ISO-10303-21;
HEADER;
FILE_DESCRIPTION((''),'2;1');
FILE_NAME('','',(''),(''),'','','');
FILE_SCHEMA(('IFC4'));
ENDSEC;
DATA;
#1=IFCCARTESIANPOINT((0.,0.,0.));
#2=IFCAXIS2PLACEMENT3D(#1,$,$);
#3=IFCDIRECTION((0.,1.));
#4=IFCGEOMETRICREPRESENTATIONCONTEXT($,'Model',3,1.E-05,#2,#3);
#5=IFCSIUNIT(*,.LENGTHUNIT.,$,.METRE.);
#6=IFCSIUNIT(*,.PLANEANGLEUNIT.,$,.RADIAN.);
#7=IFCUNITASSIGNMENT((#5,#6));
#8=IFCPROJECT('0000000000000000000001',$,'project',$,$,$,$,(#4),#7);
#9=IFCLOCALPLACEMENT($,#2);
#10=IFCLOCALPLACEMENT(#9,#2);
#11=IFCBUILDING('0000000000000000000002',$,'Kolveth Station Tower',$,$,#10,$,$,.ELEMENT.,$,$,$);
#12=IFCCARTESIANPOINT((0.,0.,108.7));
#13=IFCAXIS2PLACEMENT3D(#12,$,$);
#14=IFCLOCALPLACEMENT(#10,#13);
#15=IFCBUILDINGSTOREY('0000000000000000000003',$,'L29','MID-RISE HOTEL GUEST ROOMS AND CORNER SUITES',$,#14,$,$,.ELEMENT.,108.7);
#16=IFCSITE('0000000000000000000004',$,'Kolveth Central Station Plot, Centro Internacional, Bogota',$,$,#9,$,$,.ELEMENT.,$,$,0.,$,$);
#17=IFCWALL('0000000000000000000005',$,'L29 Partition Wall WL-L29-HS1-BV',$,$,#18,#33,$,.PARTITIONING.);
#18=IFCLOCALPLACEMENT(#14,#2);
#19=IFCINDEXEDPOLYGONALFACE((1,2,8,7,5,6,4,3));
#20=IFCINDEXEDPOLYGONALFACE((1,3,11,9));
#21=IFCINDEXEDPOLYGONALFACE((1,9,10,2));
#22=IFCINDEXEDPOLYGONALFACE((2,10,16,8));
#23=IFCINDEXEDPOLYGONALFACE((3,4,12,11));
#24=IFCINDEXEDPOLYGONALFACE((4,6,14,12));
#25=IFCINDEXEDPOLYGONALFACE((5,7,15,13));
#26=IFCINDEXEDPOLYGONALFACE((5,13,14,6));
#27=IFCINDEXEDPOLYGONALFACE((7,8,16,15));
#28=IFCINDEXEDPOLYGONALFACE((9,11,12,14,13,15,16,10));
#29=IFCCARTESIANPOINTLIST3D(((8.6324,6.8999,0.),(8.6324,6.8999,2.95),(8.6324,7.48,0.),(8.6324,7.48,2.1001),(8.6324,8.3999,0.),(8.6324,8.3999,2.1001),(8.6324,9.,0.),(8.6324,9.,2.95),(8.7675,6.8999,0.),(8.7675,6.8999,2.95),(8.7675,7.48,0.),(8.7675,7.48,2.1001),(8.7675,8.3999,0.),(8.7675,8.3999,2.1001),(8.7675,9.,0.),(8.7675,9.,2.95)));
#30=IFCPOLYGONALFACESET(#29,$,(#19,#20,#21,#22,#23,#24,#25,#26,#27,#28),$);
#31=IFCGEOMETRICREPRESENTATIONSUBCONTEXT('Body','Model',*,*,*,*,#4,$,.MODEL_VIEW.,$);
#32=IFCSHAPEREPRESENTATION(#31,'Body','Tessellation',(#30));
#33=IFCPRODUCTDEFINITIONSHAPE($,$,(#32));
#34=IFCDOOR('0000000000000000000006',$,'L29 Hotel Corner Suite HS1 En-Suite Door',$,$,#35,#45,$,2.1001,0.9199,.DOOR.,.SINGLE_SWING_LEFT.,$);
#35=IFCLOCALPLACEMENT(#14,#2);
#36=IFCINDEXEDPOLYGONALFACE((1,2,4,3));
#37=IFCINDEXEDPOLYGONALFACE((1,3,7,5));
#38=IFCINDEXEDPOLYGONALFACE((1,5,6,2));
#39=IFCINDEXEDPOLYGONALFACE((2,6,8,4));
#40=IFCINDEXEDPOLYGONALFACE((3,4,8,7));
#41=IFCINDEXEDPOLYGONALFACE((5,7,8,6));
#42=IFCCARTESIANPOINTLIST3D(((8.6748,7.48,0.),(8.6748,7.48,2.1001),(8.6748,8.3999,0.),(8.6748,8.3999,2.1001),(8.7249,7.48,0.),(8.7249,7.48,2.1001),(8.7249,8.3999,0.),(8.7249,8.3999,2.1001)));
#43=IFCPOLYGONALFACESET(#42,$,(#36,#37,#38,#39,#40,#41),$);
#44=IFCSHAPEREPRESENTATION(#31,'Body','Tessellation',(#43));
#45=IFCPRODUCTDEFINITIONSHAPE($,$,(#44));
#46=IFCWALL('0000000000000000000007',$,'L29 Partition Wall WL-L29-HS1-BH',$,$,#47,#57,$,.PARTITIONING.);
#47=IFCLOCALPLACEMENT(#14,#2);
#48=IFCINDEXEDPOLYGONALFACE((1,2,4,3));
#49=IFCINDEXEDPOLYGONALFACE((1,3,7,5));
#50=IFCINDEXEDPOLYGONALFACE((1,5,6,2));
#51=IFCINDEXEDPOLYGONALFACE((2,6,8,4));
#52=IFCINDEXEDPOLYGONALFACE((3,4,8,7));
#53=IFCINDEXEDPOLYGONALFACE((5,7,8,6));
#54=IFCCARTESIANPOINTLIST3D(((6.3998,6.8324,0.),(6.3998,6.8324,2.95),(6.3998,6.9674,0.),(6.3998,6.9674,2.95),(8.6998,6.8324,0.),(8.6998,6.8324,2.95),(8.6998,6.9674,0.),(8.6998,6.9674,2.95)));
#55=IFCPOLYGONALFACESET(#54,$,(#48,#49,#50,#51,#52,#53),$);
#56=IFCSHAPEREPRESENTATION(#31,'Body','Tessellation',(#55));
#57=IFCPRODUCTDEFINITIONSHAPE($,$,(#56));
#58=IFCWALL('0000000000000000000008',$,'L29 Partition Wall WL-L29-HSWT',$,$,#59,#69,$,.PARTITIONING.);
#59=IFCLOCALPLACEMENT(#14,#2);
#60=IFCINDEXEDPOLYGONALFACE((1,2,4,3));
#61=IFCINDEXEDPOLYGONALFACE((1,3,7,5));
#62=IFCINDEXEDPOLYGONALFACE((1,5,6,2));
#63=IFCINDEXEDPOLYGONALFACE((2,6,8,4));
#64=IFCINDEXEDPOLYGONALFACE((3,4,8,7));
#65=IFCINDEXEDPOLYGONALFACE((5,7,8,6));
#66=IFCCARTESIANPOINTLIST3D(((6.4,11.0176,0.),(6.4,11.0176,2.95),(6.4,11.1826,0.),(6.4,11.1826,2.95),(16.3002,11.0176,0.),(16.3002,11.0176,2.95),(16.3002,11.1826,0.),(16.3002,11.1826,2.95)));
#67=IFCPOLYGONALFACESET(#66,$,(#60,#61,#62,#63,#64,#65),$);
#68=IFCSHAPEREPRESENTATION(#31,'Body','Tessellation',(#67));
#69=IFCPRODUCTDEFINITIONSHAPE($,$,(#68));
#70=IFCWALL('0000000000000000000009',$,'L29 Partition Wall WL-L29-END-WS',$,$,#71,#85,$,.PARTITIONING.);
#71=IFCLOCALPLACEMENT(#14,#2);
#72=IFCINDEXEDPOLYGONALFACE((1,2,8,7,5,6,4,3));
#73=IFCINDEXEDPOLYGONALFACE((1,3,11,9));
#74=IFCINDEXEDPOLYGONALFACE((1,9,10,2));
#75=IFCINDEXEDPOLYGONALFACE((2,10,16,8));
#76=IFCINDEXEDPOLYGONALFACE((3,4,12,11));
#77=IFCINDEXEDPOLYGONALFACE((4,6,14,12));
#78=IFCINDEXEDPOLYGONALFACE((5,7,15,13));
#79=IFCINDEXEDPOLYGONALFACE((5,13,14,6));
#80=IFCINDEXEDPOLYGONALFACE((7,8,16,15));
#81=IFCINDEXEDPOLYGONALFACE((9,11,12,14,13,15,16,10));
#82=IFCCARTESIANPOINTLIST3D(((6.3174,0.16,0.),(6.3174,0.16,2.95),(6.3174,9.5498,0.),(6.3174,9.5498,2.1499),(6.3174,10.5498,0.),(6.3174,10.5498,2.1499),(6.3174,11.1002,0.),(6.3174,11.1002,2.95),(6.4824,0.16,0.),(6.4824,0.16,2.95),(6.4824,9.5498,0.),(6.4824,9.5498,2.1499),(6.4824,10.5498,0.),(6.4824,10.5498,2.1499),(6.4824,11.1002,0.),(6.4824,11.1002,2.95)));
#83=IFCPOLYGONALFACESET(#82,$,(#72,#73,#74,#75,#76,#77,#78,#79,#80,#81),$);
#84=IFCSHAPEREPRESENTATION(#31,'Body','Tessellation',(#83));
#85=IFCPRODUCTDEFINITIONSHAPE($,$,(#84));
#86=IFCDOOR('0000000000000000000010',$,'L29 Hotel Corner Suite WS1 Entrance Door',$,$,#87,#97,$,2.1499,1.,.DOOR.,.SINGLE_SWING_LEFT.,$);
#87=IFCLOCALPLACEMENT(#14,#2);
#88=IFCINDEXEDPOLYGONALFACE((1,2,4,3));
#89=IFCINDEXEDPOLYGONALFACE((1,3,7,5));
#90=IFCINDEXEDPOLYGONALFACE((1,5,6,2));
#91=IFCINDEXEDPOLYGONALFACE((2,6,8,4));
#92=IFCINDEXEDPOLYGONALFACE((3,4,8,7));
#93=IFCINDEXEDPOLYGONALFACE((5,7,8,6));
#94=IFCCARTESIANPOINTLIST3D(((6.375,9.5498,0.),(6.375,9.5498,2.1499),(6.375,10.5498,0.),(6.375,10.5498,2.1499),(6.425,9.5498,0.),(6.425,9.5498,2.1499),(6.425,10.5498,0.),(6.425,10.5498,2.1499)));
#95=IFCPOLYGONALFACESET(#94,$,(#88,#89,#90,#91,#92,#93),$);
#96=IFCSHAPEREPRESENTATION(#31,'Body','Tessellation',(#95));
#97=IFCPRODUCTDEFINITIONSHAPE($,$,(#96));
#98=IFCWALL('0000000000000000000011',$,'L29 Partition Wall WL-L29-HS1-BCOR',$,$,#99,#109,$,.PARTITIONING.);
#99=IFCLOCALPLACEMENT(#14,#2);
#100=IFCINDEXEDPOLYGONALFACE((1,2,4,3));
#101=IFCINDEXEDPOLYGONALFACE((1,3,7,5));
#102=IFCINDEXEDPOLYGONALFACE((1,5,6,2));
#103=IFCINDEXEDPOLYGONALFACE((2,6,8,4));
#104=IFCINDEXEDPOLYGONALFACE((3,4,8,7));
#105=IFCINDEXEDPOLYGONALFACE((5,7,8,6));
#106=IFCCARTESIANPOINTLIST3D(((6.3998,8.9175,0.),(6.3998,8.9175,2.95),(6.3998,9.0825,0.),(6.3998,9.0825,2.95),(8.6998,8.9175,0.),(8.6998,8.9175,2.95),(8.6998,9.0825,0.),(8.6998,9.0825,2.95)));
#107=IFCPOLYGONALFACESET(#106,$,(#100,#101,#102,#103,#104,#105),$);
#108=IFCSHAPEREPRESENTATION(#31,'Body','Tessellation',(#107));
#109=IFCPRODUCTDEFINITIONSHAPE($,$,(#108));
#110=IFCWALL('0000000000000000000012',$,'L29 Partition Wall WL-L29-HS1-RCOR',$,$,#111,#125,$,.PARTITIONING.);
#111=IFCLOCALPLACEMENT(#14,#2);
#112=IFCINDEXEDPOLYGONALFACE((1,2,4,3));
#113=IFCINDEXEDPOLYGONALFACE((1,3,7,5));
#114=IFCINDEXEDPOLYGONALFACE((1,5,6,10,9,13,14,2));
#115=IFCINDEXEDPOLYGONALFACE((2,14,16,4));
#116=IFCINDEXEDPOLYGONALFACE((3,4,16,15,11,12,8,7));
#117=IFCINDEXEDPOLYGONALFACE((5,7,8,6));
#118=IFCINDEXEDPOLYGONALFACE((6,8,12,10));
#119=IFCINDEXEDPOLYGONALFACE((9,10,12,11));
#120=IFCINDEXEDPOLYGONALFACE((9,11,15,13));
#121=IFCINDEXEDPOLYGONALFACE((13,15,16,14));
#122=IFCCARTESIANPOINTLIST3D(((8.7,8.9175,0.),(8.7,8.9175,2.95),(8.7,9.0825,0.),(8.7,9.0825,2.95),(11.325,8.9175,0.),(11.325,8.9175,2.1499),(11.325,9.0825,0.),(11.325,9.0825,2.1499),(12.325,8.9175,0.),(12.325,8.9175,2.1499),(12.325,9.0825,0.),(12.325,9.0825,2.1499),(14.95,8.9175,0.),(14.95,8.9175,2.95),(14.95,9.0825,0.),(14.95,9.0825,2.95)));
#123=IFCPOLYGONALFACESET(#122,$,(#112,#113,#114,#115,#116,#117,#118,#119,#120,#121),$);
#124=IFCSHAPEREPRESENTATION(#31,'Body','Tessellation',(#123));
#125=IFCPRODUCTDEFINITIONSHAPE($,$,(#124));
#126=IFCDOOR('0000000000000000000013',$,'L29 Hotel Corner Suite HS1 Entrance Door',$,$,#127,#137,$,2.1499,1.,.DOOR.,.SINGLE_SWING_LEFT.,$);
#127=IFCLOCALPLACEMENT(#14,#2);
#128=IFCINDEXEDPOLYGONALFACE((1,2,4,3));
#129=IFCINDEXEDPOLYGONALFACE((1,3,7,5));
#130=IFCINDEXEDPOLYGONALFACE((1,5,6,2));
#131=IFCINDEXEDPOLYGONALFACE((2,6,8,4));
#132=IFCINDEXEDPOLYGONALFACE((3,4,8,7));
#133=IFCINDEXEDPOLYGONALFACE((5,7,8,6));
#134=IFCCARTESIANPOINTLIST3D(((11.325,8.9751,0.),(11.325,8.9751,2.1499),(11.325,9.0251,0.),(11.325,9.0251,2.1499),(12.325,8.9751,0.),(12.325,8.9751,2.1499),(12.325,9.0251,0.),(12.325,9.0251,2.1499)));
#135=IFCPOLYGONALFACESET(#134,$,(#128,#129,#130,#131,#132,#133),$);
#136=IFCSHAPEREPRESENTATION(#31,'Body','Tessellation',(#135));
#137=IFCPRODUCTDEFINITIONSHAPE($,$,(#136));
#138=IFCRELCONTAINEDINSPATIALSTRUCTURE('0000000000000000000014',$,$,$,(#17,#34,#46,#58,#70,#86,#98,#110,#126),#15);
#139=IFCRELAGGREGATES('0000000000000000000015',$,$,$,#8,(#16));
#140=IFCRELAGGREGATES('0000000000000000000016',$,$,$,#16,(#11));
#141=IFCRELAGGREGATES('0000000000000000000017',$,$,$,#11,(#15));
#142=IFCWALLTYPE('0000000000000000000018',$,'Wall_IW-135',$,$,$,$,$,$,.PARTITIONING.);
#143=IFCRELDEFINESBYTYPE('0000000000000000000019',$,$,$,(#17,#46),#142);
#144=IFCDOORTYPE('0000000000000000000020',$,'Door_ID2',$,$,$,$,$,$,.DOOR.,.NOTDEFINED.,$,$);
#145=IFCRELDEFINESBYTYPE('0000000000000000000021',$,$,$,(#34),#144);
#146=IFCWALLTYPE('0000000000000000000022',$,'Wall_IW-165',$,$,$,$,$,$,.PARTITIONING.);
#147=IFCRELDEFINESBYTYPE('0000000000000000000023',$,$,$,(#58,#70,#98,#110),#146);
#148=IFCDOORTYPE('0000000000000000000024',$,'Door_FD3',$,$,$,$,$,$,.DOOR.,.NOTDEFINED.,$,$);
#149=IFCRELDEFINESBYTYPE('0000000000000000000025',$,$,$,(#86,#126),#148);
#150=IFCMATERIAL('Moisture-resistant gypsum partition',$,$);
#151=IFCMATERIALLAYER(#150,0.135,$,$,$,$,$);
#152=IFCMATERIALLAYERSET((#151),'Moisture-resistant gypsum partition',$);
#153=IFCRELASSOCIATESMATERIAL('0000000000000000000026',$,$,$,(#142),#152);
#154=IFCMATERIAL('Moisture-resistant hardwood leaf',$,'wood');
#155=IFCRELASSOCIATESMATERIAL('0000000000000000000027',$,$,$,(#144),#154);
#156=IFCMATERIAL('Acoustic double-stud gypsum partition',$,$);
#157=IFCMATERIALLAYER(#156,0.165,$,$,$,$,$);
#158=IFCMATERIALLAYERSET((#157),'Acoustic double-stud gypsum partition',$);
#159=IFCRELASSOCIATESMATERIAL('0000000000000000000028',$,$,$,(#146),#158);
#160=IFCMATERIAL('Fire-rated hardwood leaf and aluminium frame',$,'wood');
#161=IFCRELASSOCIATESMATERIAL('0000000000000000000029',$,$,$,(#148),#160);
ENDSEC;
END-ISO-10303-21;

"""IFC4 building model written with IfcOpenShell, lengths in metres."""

from ifc_helpers import new_model, si_unit, direction, frame, frame_2d, origin, place, context, subcontext, project, spatial, rectangle, extrude, material, layer, layer_set, type_object, element, fill, save


model = new_model("IFC4")

# Units and contexts
model_context = context("Model", 3, precision=1e-05, world=origin(), true_north=direction((0.0, 1.0)))
body_context = subcontext(model_context, "Body", "Model", "MODEL_VIEW")
ifc_project = project(units=[si_unit("LENGTHUNIT", "METRE"), si_unit("PLANEANGLEUNIT", "RADIAN")], contexts=[model_context])

# Site, building, storey
site_placement = place(None, origin())
site = spatial("IfcSite", under=ifc_project, at=site_placement, Name="Kolveth Central Station Plot, Centro Internacional, Bogota", CompositionType="ELEMENT", RefElevation=0.0)
building_placement = place(site_placement, origin())
building = spatial("IfcBuilding", under=site, at=building_placement, Name="Kolveth Station Tower", CompositionType="ELEMENT")
storey_placement = place(building_placement, frame((0.0, 0.0, 108.7)))
storey = spatial("IfcBuildingStorey", under=building, at=storey_placement, Name="L29", Description="MID-RISE HOTEL GUEST ROOMS AND CORNER SUITES", CompositionType="ELEMENT", Elevation=108.7)

# Wall, opening, door
ifc_material_1 = material(Name="Moisture-resistant gypsum partition")
ifc_layer_1 = layer(ifc_material_1, 0.135)
ifc_layer_set_1 = layer_set([ifc_layer_1], Name="Moisture-resistant gypsum partition")
wall_type_1 = type_object("IfcWallType", Name="Wall_IW-135", PredefinedType="PARTITIONING", material=ifc_layer_set_1)
wall_1_placement = place(storey_placement, frame((8.7, 6.8999, 0.0), z_axis=(0.0, 0.0, 1.0), x_axis=(0.0, 1.0, 0.0)))
wall_1 = element("IfcWall", 1, at=wall_1_placement, inside=storey, type_object=wall_type_1, Name="L29 Partition Wall WL-L29-HS1-BV", PredefinedType="PARTITIONING", context=body_context, shape_type="SweptSolid", body=[
    extrude(rectangle(XDim=2.1001, YDim=0.135, at=frame_2d((1.05, 0.0))), origin(), (0.0, 0.0, 1.0), 2.95),
])
opening_1_placement = place(wall_1_placement, frame((0.5801, 0.0, 0.0)))
opening_1 = element("IfcOpeningElement", 2, at=opening_1_placement, cuts=wall_1, PredefinedType="OPENING", context=body_context, shape_type="SweptSolid", body=[
    extrude(rectangle(XDim=0.9199, YDim=2.1001, at=frame_2d((0.46, 1.05))), frame((0.0, 0.0774, 0.0), z_axis=(0.0, -1.0, 0.0), x_axis=(1.0, 0.0, 0.0)), (0.0, 0.0, 1.0), 0.155),
])
ifc_material_2 = material(Name="Moisture-resistant hardwood leaf", Category="wood")
door_type_1 = type_object("IfcDoorType", Name="Door_ID2", OperationType="NOTDEFINED", PredefinedType="DOOR", material=ifc_material_2)
door_1_placement = place(opening_1_placement, frame((0.9199, 0.0, 0.0), z_axis=(0.0, 0.0, 1.0), x_axis=(-1.0, 0.0, 0.0)))
door_1 = element("IfcDoor", 3, at=door_1_placement, inside=storey, type_object=door_type_1, Name="L29 Hotel Corner Suite HS1 En-Suite Door", OperationType="SINGLE_SWING_LEFT", OverallHeight=2.1001, OverallWidth=0.9199, PredefinedType="DOOR", context=body_context, shape_type="SweptSolid", body=[
    extrude(rectangle(XDim=0.9199, YDim=2.1001, at=frame_2d((0.46, 1.05))), frame((0.0, 0.0249, 0.0), z_axis=(0.0, -1.0, 0.0), x_axis=(1.0, 0.0, 0.0)), (0.0, 0.0, 1.0), 0.05),
])
fill(opening_1, door_1)

# Walls
wall_2_placement = place(storey_placement, frame((6.3999, 6.8999, 0.0), z_axis=(0.0, 0.0, 1.0), x_axis=(1.0, 0.0, 0.0)))
element("IfcWall", 4, at=wall_2_placement, inside=storey, type_object=wall_type_1, Name="L29 Partition Wall WL-L29-HS1-BH", PredefinedType="PARTITIONING", context=body_context, shape_type="SweptSolid", body=[
    extrude(rectangle(XDim=2.3, YDim=0.135, at=frame_2d((1.1499, 0.0))), origin(), (0.0, 0.0, 1.0), 2.95),
])
ifc_material_3 = material(Name="Acoustic double-stud gypsum partition")
ifc_layer_2 = layer(ifc_material_3, 0.165)
ifc_layer_set_2 = layer_set([ifc_layer_2], Name="Acoustic double-stud gypsum partition")
wall_type_2 = type_object("IfcWallType", Name="Wall_IW-165", PredefinedType="PARTITIONING", material=ifc_layer_set_2)
wall_3_placement = place(storey_placement, frame((6.3999, 11.1001, 0.0), z_axis=(0.0, 0.0, 1.0), x_axis=(1.0, 0.0, 0.0)))
element("IfcWall", 5, at=wall_3_placement, inside=storey, type_object=wall_type_2, Name="L29 Partition Wall WL-L29-HSWT", PredefinedType="PARTITIONING", context=body_context, shape_type="SweptSolid", body=[
    extrude(rectangle(XDim=9.9001, YDim=0.165, at=frame_2d((4.9502, 0.0))), origin(), (0.0, 0.0, 1.0), 2.95),
])

# Wall, opening, door
wall_4_placement = place(storey_placement, frame((6.3999, 0.1599, 0.0), z_axis=(0.0, 0.0, 1.0), x_axis=(0.0, 1.0, 0.0)))
wall_4 = element("IfcWall", 6, at=wall_4_placement, inside=storey, type_object=wall_type_2, Name="L29 Partition Wall WL-L29-END-WS", PredefinedType="PARTITIONING", context=body_context, shape_type="SweptSolid", body=[
    extrude(rectangle(XDim=10.9402, YDim=0.165, at=frame_2d((5.4702, 0.0))), origin(), (0.0, 0.0, 1.0), 2.95),
])
opening_2_placement = place(wall_4_placement, frame((9.3899, 0.0, 0.0)))
opening_2 = element("IfcOpeningElement", 7, at=opening_2_placement, cuts=wall_4, PredefinedType="OPENING", context=body_context, shape_type="SweptSolid", body=[
    extrude(rectangle(XDim=1.0, YDim=2.1499, at=frame_2d((0.5, 1.075))), frame((0.0, 0.0925, 0.0), z_axis=(0.0, -1.0, 0.0), x_axis=(1.0, 0.0, 0.0)), (0.0, 0.0, 1.0), 0.1851),
])
ifc_material_4 = material(Name="Fire-rated hardwood leaf and aluminium frame", Category="wood")
door_type_2 = type_object("IfcDoorType", Name="Door_FD3", OperationType="NOTDEFINED", PredefinedType="DOOR", material=ifc_material_4)
door_2_placement = place(opening_2_placement, origin())
door_2 = element("IfcDoor", 8, at=door_2_placement, inside=storey, type_object=door_type_2, Name="L29 Hotel Corner Suite WS1 Entrance Door", OperationType="SINGLE_SWING_LEFT", OverallHeight=2.1499, OverallWidth=1.0, PredefinedType="DOOR", context=body_context, shape_type="SweptSolid", body=[
    extrude(rectangle(XDim=1.0, YDim=2.1499, at=frame_2d((0.5, 1.075))), frame((0.0, 0.0249, 0.0), z_axis=(0.0, -1.0, 0.0), x_axis=(1.0, 0.0, 0.0)), (0.0, 0.0, 1.0), 0.05),
])
fill(opening_2, door_2)

# Wall
wall_5_placement = place(storey_placement, frame((6.3999, 9.0, 0.0), z_axis=(0.0, 0.0, 1.0), x_axis=(1.0, 0.0, 0.0)))
element("IfcWall", 9, at=wall_5_placement, inside=storey, type_object=wall_type_2, Name="L29 Partition Wall WL-L29-HS1-BCOR", PredefinedType="PARTITIONING", context=body_context, shape_type="SweptSolid", body=[
    extrude(rectangle(XDim=2.3, YDim=0.165, at=frame_2d((1.1499, 0.0))), origin(), (0.0, 0.0, 1.0), 2.95),
])

# Wall, opening, door
wall_6_placement = place(storey_placement, frame((8.7, 9.0, 0.0), z_axis=(0.0, 0.0, 1.0), x_axis=(1.0, 0.0, 0.0)))
wall_6 = element("IfcWall", 10, at=wall_6_placement, inside=storey, type_object=wall_type_2, Name="L29 Partition Wall WL-L29-HS1-RCOR", PredefinedType="PARTITIONING", context=body_context, shape_type="SweptSolid", body=[
    extrude(rectangle(XDim=6.25, YDim=0.165, at=frame_2d((3.125, 0.0))), origin(), (0.0, 0.0, 1.0), 2.95),
])
opening_3_placement = place(wall_6_placement, frame((2.625, 0.0, 0.0)))
opening_3 = element("IfcOpeningElement", 11, at=opening_3_placement, cuts=wall_6, PredefinedType="OPENING", context=body_context, shape_type="SweptSolid", body=[
    extrude(rectangle(XDim=1.0, YDim=2.1499, at=frame_2d((0.5, 1.075))), frame((0.0, 0.0925, 0.0), z_axis=(0.0, -1.0, 0.0), x_axis=(1.0, 0.0, 0.0)), (0.0, 0.0, 1.0), 0.1851),
])
door_3_placement = place(opening_3_placement, frame((1.0, 0.0, 0.0), z_axis=(0.0, 0.0, 1.0), x_axis=(-1.0, 0.0, 0.0)))
door_3 = element("IfcDoor", 12, at=door_3_placement, inside=storey, type_object=door_type_2, Name="L29 Hotel Corner Suite HS1 Entrance Door", OperationType="SINGLE_SWING_LEFT", OverallHeight=2.1499, OverallWidth=1.0, PredefinedType="DOOR", context=body_context, shape_type="SweptSolid", body=[
    extrude(rectangle(XDim=1.0, YDim=2.1499, at=frame_2d((0.5, 1.075))), frame((0.0, 0.0249, 0.0), z_axis=(0.0, -1.0, 0.0), x_axis=(1.0, 0.0, 0.0)), (0.0, 0.0, 1.0), 0.05),
])
fill(opening_3, door_3)

save(model, "model.ifc")
